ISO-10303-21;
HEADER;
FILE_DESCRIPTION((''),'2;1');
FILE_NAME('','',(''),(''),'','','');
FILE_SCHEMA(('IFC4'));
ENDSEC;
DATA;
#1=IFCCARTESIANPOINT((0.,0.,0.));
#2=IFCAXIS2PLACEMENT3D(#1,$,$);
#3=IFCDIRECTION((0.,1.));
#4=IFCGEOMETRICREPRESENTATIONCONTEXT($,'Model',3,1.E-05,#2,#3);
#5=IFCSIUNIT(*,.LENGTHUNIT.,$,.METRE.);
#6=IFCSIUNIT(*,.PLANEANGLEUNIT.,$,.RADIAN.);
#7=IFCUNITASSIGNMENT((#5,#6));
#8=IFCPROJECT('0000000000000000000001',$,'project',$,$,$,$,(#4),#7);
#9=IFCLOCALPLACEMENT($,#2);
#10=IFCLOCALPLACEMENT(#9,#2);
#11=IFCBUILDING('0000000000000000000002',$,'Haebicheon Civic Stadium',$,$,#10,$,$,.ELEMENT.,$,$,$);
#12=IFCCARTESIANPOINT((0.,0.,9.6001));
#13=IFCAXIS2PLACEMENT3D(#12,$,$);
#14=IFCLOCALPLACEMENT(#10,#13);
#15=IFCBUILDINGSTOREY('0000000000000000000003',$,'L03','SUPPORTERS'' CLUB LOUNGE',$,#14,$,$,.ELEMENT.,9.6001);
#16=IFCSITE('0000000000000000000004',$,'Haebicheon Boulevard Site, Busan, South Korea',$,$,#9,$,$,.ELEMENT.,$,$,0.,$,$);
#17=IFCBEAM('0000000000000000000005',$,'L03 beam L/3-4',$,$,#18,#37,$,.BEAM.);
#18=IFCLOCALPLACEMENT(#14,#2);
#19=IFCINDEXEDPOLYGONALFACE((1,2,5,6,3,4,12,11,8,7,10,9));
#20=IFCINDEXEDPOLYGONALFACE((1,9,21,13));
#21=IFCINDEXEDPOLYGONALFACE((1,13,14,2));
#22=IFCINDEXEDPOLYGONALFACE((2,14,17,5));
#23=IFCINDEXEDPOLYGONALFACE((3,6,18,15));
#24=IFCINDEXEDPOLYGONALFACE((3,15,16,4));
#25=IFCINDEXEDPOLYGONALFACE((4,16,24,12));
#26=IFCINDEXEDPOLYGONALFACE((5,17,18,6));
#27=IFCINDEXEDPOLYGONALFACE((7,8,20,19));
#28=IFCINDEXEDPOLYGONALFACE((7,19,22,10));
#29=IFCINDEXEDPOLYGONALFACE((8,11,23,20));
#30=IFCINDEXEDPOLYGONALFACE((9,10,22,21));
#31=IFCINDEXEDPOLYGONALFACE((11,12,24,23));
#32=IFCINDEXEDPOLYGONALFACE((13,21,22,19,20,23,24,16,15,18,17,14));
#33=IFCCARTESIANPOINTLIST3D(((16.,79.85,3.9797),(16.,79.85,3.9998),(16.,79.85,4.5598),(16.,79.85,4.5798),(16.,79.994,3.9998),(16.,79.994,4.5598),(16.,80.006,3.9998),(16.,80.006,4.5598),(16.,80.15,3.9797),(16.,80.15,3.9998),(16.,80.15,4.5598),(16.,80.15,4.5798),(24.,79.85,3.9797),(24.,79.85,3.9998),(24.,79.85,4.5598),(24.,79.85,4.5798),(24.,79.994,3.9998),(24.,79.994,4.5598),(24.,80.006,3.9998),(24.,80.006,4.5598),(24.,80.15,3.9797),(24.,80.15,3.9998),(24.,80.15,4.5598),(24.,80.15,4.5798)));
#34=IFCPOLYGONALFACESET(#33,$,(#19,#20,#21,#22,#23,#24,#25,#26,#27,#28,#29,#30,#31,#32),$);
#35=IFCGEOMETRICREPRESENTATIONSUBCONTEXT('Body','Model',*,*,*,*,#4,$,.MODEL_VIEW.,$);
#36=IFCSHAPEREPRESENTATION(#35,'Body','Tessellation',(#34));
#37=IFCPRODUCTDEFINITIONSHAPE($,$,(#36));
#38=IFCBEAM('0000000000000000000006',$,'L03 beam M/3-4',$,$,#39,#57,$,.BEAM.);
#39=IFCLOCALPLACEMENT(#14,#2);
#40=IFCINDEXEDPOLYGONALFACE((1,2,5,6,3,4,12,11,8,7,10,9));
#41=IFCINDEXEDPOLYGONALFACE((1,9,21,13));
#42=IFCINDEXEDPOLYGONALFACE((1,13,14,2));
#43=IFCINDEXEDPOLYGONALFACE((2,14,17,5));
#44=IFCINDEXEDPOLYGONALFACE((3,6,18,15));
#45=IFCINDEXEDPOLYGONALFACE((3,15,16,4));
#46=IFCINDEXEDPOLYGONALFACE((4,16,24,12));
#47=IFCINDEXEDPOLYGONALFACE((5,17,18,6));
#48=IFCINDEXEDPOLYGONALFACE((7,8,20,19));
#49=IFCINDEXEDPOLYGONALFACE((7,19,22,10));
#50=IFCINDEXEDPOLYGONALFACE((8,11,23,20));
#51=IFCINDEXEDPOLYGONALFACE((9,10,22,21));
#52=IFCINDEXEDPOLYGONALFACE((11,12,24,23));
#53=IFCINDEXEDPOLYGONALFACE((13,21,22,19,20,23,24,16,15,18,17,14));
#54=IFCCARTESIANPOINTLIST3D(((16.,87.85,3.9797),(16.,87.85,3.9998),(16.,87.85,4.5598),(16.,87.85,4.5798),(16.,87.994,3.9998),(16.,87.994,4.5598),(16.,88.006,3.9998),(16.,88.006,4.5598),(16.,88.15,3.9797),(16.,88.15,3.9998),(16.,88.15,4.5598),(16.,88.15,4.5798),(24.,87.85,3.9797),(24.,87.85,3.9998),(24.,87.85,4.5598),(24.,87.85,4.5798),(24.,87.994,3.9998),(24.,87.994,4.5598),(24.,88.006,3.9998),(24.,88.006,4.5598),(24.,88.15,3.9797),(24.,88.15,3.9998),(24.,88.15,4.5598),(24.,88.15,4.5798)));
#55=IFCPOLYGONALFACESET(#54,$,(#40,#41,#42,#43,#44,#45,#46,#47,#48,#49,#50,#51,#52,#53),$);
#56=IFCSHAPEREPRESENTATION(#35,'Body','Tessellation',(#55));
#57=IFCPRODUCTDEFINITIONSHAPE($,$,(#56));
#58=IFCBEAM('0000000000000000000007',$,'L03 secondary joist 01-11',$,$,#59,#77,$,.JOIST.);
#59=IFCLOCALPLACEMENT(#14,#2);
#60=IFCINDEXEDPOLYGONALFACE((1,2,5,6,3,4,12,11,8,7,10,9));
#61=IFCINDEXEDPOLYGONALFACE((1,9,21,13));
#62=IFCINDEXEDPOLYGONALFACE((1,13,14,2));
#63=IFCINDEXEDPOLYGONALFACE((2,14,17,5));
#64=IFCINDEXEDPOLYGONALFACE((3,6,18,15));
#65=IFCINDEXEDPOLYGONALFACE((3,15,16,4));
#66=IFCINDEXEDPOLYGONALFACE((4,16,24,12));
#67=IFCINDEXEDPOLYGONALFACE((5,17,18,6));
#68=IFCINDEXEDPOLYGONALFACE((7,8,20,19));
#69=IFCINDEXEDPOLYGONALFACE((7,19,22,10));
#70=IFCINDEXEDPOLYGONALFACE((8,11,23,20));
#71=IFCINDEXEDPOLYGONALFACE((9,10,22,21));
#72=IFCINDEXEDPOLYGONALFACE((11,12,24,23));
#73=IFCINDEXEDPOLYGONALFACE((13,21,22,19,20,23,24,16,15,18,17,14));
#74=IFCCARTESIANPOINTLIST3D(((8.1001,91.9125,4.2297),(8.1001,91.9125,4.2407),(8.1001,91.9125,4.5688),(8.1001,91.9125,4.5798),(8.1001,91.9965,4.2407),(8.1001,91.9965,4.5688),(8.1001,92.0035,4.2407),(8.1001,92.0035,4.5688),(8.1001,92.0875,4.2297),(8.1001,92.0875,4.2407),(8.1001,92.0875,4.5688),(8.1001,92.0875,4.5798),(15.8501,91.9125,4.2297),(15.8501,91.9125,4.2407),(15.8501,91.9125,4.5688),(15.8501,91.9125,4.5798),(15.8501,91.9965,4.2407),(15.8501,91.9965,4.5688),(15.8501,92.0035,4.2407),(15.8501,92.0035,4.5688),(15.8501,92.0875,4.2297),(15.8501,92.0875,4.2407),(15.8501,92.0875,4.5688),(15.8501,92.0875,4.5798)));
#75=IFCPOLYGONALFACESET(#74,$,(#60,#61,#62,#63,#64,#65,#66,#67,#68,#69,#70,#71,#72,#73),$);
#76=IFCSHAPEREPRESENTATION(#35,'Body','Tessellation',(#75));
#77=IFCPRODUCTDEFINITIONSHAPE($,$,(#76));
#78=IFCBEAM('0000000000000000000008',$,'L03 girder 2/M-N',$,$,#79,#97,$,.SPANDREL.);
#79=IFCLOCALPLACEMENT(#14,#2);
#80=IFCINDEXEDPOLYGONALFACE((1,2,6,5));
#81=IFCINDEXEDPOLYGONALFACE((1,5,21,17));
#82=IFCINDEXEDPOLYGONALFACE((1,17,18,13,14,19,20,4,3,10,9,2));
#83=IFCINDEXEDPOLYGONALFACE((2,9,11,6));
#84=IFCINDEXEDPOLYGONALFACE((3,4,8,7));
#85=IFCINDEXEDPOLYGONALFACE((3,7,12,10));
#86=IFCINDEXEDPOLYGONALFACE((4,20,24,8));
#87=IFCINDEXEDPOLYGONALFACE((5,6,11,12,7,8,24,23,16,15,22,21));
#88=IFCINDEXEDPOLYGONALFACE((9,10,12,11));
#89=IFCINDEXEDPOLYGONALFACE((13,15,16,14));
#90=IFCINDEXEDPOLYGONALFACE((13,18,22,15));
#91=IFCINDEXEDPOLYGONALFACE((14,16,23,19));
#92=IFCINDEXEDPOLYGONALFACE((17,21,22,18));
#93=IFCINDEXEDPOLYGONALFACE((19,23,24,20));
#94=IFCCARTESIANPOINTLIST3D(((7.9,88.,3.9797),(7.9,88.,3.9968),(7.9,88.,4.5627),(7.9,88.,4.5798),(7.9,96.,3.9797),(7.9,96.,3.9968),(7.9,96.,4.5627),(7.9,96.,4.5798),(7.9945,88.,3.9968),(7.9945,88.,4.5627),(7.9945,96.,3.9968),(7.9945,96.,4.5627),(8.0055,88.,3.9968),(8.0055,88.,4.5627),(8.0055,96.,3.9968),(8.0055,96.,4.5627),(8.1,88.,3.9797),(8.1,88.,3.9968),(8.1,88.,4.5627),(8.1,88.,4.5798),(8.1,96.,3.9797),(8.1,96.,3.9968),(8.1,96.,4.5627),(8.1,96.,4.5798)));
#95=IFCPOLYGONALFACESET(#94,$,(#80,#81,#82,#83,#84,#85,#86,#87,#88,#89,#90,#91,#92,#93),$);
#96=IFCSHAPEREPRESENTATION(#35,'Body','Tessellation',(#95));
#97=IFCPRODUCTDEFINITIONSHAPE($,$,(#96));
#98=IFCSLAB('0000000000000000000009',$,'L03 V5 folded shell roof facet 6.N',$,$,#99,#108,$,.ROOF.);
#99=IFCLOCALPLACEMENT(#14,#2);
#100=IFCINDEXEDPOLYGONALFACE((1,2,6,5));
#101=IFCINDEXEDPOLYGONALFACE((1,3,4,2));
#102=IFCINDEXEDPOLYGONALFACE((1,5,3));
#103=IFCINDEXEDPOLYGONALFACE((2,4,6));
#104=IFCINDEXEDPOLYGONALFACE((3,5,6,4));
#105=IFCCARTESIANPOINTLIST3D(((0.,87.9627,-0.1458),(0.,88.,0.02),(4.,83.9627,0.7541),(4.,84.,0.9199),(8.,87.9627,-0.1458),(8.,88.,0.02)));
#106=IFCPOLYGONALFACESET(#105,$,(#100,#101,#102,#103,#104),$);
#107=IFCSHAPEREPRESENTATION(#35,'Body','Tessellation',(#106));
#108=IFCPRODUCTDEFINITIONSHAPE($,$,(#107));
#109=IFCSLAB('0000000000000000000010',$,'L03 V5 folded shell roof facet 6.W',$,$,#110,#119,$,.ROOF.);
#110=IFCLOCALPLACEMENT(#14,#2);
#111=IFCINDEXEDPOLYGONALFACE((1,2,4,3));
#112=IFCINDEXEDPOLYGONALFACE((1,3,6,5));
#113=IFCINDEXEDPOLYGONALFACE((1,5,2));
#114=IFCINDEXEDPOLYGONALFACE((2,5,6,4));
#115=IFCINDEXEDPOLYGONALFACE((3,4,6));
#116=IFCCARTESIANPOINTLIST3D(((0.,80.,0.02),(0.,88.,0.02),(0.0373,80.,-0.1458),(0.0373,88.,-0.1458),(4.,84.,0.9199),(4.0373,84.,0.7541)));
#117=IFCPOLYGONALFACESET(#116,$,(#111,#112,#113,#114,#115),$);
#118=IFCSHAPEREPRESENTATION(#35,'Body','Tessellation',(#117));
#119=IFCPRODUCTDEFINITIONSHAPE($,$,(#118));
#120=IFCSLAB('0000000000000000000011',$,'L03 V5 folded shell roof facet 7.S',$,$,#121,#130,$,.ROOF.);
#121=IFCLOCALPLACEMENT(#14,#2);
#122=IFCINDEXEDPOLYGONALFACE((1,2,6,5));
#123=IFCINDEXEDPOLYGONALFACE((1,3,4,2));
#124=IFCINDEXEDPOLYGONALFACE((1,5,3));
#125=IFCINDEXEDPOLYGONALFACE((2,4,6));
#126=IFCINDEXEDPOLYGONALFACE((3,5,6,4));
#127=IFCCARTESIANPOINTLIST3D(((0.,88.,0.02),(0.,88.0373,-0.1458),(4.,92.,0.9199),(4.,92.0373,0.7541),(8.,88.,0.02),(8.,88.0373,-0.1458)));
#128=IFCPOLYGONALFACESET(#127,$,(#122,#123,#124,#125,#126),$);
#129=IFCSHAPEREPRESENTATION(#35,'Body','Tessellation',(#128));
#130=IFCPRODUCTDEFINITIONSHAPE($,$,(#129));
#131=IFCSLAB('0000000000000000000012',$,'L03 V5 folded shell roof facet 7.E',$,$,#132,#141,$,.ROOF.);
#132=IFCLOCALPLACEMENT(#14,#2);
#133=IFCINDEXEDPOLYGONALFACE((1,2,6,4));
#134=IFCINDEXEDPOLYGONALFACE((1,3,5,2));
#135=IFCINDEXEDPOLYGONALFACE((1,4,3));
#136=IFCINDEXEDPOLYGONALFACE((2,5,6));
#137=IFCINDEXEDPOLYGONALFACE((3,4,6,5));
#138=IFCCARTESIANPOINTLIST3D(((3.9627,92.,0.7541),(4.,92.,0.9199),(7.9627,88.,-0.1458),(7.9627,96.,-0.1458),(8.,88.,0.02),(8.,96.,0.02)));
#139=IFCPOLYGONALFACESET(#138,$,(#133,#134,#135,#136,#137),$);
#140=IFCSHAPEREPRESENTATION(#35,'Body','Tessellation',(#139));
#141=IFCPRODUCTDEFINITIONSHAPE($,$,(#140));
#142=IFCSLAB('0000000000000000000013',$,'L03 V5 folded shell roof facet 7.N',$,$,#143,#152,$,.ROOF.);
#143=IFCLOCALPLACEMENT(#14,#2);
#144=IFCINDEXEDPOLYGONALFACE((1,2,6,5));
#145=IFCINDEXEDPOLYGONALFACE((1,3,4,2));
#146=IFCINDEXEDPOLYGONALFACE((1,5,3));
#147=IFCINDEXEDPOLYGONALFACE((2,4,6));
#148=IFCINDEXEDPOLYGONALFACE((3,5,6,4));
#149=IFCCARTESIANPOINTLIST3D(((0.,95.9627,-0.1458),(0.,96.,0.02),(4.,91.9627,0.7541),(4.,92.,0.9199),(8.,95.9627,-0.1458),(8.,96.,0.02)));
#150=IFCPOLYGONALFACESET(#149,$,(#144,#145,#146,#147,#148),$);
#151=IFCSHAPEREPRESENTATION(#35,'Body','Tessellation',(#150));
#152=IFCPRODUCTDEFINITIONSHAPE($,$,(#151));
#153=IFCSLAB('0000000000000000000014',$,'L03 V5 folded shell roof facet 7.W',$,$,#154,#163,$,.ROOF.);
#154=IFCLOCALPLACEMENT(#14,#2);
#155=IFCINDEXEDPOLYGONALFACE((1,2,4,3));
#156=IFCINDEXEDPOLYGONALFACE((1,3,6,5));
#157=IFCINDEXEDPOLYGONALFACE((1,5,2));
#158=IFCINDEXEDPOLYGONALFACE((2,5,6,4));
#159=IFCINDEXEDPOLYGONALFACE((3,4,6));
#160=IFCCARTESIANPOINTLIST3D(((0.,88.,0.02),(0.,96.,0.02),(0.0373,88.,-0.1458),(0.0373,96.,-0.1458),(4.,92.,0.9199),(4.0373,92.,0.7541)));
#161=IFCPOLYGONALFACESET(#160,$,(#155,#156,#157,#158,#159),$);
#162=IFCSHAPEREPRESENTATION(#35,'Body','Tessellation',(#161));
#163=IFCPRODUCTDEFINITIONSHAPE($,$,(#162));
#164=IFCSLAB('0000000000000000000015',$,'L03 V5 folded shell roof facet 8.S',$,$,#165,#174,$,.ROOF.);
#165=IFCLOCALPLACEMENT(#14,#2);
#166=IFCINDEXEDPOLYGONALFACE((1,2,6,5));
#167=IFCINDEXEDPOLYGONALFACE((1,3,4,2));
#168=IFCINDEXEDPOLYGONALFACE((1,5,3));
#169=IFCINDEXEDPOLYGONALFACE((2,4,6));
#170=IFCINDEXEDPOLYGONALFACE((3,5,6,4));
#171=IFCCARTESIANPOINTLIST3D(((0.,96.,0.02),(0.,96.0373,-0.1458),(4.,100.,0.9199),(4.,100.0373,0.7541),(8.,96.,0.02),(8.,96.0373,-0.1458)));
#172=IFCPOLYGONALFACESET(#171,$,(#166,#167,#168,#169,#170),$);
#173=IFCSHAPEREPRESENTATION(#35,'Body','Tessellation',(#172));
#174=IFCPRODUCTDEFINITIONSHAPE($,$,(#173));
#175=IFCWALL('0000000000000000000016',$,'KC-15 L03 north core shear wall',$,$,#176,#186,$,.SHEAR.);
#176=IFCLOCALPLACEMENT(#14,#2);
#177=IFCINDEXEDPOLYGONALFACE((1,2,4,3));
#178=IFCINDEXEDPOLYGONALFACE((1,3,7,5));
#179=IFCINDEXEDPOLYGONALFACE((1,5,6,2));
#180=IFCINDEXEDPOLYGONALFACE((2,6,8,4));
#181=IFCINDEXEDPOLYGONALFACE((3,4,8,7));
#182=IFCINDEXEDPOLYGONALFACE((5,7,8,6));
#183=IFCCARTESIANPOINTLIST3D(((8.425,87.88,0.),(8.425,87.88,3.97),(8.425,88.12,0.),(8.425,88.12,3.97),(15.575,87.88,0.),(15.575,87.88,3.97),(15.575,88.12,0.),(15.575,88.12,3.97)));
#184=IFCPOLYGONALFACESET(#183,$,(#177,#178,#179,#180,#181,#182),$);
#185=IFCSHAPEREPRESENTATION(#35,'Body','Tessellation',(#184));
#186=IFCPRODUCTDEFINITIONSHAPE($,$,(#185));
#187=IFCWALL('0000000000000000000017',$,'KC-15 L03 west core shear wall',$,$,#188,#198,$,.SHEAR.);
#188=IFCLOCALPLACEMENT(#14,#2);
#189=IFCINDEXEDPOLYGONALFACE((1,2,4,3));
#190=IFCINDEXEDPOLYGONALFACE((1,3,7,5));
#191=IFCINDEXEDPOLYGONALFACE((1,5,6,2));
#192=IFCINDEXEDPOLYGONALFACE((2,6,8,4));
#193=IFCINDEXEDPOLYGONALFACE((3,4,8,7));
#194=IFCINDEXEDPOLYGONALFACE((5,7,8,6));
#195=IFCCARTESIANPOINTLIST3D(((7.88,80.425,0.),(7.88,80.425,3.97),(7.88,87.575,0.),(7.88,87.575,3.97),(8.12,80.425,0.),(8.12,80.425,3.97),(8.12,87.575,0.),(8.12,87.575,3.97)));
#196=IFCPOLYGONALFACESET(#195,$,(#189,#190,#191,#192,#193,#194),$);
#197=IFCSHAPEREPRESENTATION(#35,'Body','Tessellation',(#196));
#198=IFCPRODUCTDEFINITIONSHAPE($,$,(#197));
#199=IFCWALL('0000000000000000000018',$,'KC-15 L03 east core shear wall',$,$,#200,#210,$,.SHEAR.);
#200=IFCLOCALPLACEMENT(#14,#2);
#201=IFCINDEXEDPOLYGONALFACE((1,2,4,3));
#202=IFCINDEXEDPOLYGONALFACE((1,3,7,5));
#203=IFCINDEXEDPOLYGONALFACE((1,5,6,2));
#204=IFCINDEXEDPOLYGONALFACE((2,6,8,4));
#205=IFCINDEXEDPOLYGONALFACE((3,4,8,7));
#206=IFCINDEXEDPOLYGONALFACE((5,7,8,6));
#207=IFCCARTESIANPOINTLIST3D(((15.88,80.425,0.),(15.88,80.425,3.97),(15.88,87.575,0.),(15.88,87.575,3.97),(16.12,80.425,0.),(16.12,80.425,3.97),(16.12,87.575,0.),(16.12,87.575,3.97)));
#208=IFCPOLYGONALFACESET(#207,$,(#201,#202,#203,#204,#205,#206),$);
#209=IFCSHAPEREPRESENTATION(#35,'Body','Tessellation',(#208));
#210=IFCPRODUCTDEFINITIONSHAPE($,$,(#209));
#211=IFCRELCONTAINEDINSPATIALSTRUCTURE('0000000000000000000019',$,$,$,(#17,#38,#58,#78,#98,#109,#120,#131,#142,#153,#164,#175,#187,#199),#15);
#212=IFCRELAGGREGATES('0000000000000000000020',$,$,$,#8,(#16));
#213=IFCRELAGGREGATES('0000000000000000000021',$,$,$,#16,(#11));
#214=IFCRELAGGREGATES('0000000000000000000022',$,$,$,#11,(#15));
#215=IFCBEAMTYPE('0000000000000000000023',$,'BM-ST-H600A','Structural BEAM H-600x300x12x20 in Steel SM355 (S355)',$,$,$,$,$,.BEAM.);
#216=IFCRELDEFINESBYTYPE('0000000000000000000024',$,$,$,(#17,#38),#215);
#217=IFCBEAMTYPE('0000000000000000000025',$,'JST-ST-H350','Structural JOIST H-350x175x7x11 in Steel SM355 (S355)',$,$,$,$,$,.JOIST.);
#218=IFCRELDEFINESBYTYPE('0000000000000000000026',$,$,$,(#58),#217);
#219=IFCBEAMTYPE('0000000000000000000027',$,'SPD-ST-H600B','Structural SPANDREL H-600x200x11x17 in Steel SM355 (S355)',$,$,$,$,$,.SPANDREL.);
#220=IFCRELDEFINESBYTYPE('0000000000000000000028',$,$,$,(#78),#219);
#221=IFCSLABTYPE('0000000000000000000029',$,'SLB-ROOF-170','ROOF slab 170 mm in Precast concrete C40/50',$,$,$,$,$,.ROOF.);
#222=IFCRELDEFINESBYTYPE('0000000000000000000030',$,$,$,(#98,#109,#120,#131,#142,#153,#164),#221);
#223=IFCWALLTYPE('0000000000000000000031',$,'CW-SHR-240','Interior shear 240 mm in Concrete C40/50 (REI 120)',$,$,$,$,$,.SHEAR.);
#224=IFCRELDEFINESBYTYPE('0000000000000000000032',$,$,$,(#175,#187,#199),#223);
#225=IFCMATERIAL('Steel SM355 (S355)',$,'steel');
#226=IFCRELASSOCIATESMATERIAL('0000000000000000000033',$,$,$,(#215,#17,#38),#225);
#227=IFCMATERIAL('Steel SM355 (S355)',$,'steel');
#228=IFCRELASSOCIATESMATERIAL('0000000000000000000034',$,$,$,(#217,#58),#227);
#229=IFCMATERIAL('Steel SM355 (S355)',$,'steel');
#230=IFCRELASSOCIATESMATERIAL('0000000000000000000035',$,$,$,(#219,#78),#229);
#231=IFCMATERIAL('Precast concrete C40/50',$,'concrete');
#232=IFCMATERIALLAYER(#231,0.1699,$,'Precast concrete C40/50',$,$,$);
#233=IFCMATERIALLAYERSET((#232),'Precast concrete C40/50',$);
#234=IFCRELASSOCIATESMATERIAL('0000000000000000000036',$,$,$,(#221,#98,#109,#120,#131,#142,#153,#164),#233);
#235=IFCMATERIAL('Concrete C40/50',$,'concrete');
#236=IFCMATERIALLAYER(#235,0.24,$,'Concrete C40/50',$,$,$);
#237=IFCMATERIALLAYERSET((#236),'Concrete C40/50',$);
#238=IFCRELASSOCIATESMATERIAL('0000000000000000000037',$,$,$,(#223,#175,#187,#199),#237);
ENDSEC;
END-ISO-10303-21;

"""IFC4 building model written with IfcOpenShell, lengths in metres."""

from ifc_helpers import new_model, si_unit, direction, frame, frame_2d, origin, origin_2d, place, context, subcontext, project, spatial, polyline, rectangle, i_section, outline, extrude, material, layer, layer_set, material_profile, profile_set, type_object, element, save


model = new_model("IFC4")

# Units and contexts
model_context = context("Model", 3, precision=1e-05, world=origin(), true_north=direction((0.0, 1.0)))
body_context = subcontext(model_context, "Body", "Model", "MODEL_VIEW")
ifc_project = project(units=[si_unit("LENGTHUNIT", "METRE"), si_unit("PLANEANGLEUNIT", "RADIAN")], contexts=[model_context])

# Site, building, storey
site_placement = place(None, origin())
site = spatial("IfcSite", under=ifc_project, at=site_placement, Name="Haebicheon Boulevard Site, Busan, South Korea", CompositionType="ELEMENT", RefElevation=0.0)
building_placement = place(site_placement, origin())
building = spatial("IfcBuilding", under=site, at=building_placement, Name="Haebicheon Civic Stadium", CompositionType="ELEMENT")
storey_placement = place(building_placement, frame((0.0, 0.0, 9.6001)))
storey = spatial("IfcBuildingStorey", under=building, at=storey_placement, Name="L03", Description="SUPPORTERS' CLUB LOUNGE", CompositionType="ELEMENT", Elevation=9.6001)

# Beams
ifc_material_1 = material(Name="Steel SM355 (S355)", Category="steel")
ifc_material_profile_1 = material_profile(ifc_material_1, i_section(OverallWidth=0.3, OverallDepth=0.6001, WebThickness=0.012, FlangeThickness=0.02, at=origin_2d()), Name="H-600x300x12x20")
ifc_profile_set_1 = profile_set([ifc_material_profile_1], Name="Steel SM355 (S355)")
beam_type_1 = type_object("IfcBeamType", Name="BM-ST-H600A", Description="Structural BEAM H-600x300x12x20 in Steel SM355 (S355)", PredefinedType="BEAM", material=ifc_profile_set_1)
for number, where, z_axis, x_axis, name in (
    (1, (16.0, 80.0, 4.2798), (1.0, 0.0, 0.0), (0.0, 1.0, 0.0), "L03 beam L/3-4"),
    (2, (16.0, 88.0, 4.2798), (1.0, 0.0, 0.0), (0.0, 1.0, 0.0), "L03 beam M/3-4"),
):
    element("IfcBeam", number, at=place(storey_placement, frame(where, z_axis=z_axis, x_axis=x_axis)), inside=storey, type_object=beam_type_1, material=ifc_profile_set_1, Name=name, PredefinedType="BEAM", context=body_context, shape_type="SweptSolid", body=[
        extrude(i_section(OverallWidth=0.3, OverallDepth=0.6001, WebThickness=0.012, FlangeThickness=0.02, at=origin_2d()), origin(), (0.0, 0.0, 1.0), 8.0),
    ])
ifc_material_2 = material(Name="Steel SM355 (S355)", Category="steel")
ifc_material_profile_2 = material_profile(ifc_material_2, i_section(OverallWidth=0.175, OverallDepth=0.3501, WebThickness=0.0071, FlangeThickness=0.011, at=origin_2d()), Name="H-350x175x7x11")
ifc_profile_set_2 = profile_set([ifc_material_profile_2], Name="Steel SM355 (S355)")
beam_type_2 = type_object("IfcBeamType", Name="JST-ST-H350", Description="Structural JOIST H-350x175x7x11 in Steel SM355 (S355)", PredefinedType="JOIST", material=ifc_profile_set_2)
beam_1_placement = place(storey_placement, frame((8.1001, 92.0, 4.4048), z_axis=(1.0, 0.0, 0.0), x_axis=(0.0, 1.0, 0.0)))
element("IfcBeam", 3, at=beam_1_placement, inside=storey, type_object=beam_type_2, material=ifc_profile_set_2, Name="L03 secondary joist 01-11", PredefinedType="JOIST", context=body_context, shape_type="SweptSolid", body=[
    extrude(i_section(OverallWidth=0.175, OverallDepth=0.3501, WebThickness=0.0071, FlangeThickness=0.011, at=origin_2d()), origin(), (0.0, 0.0, 1.0), 7.75),
])
ifc_material_3 = material(Name="Steel SM355 (S355)", Category="steel")
ifc_material_profile_3 = material_profile(ifc_material_3, i_section(OverallWidth=0.2, OverallDepth=0.6001, WebThickness=0.011, FlangeThickness=0.0171, at=origin_2d()), Name="H-600x200x11x17")
ifc_profile_set_3 = profile_set([ifc_material_profile_3], Name="Steel SM355 (S355)")
beam_type_3 = type_object("IfcBeamType", Name="SPD-ST-H600B", Description="Structural SPANDREL H-600x200x11x17 in Steel SM355 (S355)", PredefinedType="SPANDREL", material=ifc_profile_set_3)
beam_2_placement = place(storey_placement, frame((8.0, 88.0, 4.2798), z_axis=(0.0, 1.0, 0.0), x_axis=(-1.0, 0.0, 0.0)))
element("IfcBeam", 4, at=beam_2_placement, inside=storey, type_object=beam_type_3, material=ifc_profile_set_3, Name="L03 girder 2/M-N", PredefinedType="SPANDREL", context=body_context, shape_type="SweptSolid", body=[
    extrude(i_section(OverallWidth=0.2, OverallDepth=0.6001, WebThickness=0.011, FlangeThickness=0.0171, at=origin_2d()), origin(), (0.0, 0.0, 1.0), 8.0),
])

# Slabs
ifc_material_4 = material(Name="Precast concrete C40/50", Category="concrete")
ifc_layer_1 = layer(ifc_material_4, 0.1699, Name="Precast concrete C40/50")
ifc_layer_set_1 = layer_set([ifc_layer_1], Name="Precast concrete C40/50")
slab_type = type_object("IfcSlabType", Name="SLB-ROOF-170", Description="ROOF slab 170 mm in Precast concrete C40/50", PredefinedType="ROOF", material=ifc_layer_set_1)
for number, where, z_axis, x_axis, name in (
    (5, (8.0, 88.0, 0.02), (0.0, 0.21949, 0.975615), (-1.0, 0.0, 0.0), "L03 V5 folded shell roof facet 6.N"),
    (6, (0.0, 88.0, 0.02), (-0.21949, 0.0, 0.975615), (0.0, -1.0, 0.0), "L03 V5 folded shell roof facet 6.W"),
    (7, (0.0, 88.0, 0.02), (0.0, -0.21949, 0.975615), (1.0, 0.0, 0.0), "L03 V5 folded shell roof facet 7.S"),
    (8, (8.0, 88.0, 0.02), (0.21949, 0.0, 0.975615), (0.0, 1.0, 0.0), "L03 V5 folded shell roof facet 7.E"),
    (9, (8.0, 96.0, 0.02), (0.0, 0.21949, 0.975615), (-1.0, 0.0, 0.0), "L03 V5 folded shell roof facet 7.N"),
    (10, (0.0, 96.0, 0.02), (-0.21949, 0.0, 0.975615), (0.0, -1.0, 0.0), "L03 V5 folded shell roof facet 7.W"),
    (11, (0.0, 96.0, 0.02), (0.0, -0.21949, 0.975615), (1.0, 0.0, 0.0), "L03 V5 folded shell roof facet 8.S"),
):
    element("IfcSlab", number, at=place(storey_placement, frame(where, z_axis=z_axis, x_axis=x_axis)), inside=storey, type_object=slab_type, material=ifc_layer_set_1, Name=name, PredefinedType="ROOF", context=body_context, shape_type="SweptSolid", body=[
        extrude(outline(polyline([(0.0, 0.0), (8.0, 0.0), (4.0, 4.1), (0.0, 0.0)])), origin(), (0.0, 0.0, -1.0), 0.1699),
    ])

# Walls
ifc_material_5 = material(Name="Concrete C40/50", Category="concrete")
ifc_layer_2 = layer(ifc_material_5, 0.24, Name="Concrete C40/50")
ifc_layer_set_2 = layer_set([ifc_layer_2], Name="Concrete C40/50")
wall_type_1 = type_object("IfcWallType", Name="CW-SHR-240", Description="Interior shear 240 mm in Concrete C40/50 (REI 120)", PredefinedType="SHEAR", material=ifc_layer_set_2)
for number, where, z_axis, x_axis, name in (
    (12, (8.425, 88.0, 0.0), (0.0, 0.0, 1.0), (1.0, 0.0, 0.0), "KC-15 L03 north core shear wall"),
    (13, (8.0, 80.425, 0.0), (0.0, 0.0, 1.0), (0.0, 1.0, 0.0), "KC-15 L03 west core shear wall"),
    (14, (16.0, 80.425, 0.0), (0.0, 0.0, 1.0), (0.0, 1.0, 0.0), "KC-15 L03 east core shear wall"),
):
    element("IfcWall", number, at=place(storey_placement, frame(where, z_axis=z_axis, x_axis=x_axis)), inside=storey, type_object=wall_type_1, material=ifc_layer_set_2, Name=name, PredefinedType="SHEAR", context=body_context, shape_type="SweptSolid", body=[
        extrude(rectangle(XDim=7.1499, YDim=0.24, at=frame_2d((3.575, 0.0))), origin(), (0.0, 0.0, 1.0), 3.97),
    ])

save(model, "model.ifc")
